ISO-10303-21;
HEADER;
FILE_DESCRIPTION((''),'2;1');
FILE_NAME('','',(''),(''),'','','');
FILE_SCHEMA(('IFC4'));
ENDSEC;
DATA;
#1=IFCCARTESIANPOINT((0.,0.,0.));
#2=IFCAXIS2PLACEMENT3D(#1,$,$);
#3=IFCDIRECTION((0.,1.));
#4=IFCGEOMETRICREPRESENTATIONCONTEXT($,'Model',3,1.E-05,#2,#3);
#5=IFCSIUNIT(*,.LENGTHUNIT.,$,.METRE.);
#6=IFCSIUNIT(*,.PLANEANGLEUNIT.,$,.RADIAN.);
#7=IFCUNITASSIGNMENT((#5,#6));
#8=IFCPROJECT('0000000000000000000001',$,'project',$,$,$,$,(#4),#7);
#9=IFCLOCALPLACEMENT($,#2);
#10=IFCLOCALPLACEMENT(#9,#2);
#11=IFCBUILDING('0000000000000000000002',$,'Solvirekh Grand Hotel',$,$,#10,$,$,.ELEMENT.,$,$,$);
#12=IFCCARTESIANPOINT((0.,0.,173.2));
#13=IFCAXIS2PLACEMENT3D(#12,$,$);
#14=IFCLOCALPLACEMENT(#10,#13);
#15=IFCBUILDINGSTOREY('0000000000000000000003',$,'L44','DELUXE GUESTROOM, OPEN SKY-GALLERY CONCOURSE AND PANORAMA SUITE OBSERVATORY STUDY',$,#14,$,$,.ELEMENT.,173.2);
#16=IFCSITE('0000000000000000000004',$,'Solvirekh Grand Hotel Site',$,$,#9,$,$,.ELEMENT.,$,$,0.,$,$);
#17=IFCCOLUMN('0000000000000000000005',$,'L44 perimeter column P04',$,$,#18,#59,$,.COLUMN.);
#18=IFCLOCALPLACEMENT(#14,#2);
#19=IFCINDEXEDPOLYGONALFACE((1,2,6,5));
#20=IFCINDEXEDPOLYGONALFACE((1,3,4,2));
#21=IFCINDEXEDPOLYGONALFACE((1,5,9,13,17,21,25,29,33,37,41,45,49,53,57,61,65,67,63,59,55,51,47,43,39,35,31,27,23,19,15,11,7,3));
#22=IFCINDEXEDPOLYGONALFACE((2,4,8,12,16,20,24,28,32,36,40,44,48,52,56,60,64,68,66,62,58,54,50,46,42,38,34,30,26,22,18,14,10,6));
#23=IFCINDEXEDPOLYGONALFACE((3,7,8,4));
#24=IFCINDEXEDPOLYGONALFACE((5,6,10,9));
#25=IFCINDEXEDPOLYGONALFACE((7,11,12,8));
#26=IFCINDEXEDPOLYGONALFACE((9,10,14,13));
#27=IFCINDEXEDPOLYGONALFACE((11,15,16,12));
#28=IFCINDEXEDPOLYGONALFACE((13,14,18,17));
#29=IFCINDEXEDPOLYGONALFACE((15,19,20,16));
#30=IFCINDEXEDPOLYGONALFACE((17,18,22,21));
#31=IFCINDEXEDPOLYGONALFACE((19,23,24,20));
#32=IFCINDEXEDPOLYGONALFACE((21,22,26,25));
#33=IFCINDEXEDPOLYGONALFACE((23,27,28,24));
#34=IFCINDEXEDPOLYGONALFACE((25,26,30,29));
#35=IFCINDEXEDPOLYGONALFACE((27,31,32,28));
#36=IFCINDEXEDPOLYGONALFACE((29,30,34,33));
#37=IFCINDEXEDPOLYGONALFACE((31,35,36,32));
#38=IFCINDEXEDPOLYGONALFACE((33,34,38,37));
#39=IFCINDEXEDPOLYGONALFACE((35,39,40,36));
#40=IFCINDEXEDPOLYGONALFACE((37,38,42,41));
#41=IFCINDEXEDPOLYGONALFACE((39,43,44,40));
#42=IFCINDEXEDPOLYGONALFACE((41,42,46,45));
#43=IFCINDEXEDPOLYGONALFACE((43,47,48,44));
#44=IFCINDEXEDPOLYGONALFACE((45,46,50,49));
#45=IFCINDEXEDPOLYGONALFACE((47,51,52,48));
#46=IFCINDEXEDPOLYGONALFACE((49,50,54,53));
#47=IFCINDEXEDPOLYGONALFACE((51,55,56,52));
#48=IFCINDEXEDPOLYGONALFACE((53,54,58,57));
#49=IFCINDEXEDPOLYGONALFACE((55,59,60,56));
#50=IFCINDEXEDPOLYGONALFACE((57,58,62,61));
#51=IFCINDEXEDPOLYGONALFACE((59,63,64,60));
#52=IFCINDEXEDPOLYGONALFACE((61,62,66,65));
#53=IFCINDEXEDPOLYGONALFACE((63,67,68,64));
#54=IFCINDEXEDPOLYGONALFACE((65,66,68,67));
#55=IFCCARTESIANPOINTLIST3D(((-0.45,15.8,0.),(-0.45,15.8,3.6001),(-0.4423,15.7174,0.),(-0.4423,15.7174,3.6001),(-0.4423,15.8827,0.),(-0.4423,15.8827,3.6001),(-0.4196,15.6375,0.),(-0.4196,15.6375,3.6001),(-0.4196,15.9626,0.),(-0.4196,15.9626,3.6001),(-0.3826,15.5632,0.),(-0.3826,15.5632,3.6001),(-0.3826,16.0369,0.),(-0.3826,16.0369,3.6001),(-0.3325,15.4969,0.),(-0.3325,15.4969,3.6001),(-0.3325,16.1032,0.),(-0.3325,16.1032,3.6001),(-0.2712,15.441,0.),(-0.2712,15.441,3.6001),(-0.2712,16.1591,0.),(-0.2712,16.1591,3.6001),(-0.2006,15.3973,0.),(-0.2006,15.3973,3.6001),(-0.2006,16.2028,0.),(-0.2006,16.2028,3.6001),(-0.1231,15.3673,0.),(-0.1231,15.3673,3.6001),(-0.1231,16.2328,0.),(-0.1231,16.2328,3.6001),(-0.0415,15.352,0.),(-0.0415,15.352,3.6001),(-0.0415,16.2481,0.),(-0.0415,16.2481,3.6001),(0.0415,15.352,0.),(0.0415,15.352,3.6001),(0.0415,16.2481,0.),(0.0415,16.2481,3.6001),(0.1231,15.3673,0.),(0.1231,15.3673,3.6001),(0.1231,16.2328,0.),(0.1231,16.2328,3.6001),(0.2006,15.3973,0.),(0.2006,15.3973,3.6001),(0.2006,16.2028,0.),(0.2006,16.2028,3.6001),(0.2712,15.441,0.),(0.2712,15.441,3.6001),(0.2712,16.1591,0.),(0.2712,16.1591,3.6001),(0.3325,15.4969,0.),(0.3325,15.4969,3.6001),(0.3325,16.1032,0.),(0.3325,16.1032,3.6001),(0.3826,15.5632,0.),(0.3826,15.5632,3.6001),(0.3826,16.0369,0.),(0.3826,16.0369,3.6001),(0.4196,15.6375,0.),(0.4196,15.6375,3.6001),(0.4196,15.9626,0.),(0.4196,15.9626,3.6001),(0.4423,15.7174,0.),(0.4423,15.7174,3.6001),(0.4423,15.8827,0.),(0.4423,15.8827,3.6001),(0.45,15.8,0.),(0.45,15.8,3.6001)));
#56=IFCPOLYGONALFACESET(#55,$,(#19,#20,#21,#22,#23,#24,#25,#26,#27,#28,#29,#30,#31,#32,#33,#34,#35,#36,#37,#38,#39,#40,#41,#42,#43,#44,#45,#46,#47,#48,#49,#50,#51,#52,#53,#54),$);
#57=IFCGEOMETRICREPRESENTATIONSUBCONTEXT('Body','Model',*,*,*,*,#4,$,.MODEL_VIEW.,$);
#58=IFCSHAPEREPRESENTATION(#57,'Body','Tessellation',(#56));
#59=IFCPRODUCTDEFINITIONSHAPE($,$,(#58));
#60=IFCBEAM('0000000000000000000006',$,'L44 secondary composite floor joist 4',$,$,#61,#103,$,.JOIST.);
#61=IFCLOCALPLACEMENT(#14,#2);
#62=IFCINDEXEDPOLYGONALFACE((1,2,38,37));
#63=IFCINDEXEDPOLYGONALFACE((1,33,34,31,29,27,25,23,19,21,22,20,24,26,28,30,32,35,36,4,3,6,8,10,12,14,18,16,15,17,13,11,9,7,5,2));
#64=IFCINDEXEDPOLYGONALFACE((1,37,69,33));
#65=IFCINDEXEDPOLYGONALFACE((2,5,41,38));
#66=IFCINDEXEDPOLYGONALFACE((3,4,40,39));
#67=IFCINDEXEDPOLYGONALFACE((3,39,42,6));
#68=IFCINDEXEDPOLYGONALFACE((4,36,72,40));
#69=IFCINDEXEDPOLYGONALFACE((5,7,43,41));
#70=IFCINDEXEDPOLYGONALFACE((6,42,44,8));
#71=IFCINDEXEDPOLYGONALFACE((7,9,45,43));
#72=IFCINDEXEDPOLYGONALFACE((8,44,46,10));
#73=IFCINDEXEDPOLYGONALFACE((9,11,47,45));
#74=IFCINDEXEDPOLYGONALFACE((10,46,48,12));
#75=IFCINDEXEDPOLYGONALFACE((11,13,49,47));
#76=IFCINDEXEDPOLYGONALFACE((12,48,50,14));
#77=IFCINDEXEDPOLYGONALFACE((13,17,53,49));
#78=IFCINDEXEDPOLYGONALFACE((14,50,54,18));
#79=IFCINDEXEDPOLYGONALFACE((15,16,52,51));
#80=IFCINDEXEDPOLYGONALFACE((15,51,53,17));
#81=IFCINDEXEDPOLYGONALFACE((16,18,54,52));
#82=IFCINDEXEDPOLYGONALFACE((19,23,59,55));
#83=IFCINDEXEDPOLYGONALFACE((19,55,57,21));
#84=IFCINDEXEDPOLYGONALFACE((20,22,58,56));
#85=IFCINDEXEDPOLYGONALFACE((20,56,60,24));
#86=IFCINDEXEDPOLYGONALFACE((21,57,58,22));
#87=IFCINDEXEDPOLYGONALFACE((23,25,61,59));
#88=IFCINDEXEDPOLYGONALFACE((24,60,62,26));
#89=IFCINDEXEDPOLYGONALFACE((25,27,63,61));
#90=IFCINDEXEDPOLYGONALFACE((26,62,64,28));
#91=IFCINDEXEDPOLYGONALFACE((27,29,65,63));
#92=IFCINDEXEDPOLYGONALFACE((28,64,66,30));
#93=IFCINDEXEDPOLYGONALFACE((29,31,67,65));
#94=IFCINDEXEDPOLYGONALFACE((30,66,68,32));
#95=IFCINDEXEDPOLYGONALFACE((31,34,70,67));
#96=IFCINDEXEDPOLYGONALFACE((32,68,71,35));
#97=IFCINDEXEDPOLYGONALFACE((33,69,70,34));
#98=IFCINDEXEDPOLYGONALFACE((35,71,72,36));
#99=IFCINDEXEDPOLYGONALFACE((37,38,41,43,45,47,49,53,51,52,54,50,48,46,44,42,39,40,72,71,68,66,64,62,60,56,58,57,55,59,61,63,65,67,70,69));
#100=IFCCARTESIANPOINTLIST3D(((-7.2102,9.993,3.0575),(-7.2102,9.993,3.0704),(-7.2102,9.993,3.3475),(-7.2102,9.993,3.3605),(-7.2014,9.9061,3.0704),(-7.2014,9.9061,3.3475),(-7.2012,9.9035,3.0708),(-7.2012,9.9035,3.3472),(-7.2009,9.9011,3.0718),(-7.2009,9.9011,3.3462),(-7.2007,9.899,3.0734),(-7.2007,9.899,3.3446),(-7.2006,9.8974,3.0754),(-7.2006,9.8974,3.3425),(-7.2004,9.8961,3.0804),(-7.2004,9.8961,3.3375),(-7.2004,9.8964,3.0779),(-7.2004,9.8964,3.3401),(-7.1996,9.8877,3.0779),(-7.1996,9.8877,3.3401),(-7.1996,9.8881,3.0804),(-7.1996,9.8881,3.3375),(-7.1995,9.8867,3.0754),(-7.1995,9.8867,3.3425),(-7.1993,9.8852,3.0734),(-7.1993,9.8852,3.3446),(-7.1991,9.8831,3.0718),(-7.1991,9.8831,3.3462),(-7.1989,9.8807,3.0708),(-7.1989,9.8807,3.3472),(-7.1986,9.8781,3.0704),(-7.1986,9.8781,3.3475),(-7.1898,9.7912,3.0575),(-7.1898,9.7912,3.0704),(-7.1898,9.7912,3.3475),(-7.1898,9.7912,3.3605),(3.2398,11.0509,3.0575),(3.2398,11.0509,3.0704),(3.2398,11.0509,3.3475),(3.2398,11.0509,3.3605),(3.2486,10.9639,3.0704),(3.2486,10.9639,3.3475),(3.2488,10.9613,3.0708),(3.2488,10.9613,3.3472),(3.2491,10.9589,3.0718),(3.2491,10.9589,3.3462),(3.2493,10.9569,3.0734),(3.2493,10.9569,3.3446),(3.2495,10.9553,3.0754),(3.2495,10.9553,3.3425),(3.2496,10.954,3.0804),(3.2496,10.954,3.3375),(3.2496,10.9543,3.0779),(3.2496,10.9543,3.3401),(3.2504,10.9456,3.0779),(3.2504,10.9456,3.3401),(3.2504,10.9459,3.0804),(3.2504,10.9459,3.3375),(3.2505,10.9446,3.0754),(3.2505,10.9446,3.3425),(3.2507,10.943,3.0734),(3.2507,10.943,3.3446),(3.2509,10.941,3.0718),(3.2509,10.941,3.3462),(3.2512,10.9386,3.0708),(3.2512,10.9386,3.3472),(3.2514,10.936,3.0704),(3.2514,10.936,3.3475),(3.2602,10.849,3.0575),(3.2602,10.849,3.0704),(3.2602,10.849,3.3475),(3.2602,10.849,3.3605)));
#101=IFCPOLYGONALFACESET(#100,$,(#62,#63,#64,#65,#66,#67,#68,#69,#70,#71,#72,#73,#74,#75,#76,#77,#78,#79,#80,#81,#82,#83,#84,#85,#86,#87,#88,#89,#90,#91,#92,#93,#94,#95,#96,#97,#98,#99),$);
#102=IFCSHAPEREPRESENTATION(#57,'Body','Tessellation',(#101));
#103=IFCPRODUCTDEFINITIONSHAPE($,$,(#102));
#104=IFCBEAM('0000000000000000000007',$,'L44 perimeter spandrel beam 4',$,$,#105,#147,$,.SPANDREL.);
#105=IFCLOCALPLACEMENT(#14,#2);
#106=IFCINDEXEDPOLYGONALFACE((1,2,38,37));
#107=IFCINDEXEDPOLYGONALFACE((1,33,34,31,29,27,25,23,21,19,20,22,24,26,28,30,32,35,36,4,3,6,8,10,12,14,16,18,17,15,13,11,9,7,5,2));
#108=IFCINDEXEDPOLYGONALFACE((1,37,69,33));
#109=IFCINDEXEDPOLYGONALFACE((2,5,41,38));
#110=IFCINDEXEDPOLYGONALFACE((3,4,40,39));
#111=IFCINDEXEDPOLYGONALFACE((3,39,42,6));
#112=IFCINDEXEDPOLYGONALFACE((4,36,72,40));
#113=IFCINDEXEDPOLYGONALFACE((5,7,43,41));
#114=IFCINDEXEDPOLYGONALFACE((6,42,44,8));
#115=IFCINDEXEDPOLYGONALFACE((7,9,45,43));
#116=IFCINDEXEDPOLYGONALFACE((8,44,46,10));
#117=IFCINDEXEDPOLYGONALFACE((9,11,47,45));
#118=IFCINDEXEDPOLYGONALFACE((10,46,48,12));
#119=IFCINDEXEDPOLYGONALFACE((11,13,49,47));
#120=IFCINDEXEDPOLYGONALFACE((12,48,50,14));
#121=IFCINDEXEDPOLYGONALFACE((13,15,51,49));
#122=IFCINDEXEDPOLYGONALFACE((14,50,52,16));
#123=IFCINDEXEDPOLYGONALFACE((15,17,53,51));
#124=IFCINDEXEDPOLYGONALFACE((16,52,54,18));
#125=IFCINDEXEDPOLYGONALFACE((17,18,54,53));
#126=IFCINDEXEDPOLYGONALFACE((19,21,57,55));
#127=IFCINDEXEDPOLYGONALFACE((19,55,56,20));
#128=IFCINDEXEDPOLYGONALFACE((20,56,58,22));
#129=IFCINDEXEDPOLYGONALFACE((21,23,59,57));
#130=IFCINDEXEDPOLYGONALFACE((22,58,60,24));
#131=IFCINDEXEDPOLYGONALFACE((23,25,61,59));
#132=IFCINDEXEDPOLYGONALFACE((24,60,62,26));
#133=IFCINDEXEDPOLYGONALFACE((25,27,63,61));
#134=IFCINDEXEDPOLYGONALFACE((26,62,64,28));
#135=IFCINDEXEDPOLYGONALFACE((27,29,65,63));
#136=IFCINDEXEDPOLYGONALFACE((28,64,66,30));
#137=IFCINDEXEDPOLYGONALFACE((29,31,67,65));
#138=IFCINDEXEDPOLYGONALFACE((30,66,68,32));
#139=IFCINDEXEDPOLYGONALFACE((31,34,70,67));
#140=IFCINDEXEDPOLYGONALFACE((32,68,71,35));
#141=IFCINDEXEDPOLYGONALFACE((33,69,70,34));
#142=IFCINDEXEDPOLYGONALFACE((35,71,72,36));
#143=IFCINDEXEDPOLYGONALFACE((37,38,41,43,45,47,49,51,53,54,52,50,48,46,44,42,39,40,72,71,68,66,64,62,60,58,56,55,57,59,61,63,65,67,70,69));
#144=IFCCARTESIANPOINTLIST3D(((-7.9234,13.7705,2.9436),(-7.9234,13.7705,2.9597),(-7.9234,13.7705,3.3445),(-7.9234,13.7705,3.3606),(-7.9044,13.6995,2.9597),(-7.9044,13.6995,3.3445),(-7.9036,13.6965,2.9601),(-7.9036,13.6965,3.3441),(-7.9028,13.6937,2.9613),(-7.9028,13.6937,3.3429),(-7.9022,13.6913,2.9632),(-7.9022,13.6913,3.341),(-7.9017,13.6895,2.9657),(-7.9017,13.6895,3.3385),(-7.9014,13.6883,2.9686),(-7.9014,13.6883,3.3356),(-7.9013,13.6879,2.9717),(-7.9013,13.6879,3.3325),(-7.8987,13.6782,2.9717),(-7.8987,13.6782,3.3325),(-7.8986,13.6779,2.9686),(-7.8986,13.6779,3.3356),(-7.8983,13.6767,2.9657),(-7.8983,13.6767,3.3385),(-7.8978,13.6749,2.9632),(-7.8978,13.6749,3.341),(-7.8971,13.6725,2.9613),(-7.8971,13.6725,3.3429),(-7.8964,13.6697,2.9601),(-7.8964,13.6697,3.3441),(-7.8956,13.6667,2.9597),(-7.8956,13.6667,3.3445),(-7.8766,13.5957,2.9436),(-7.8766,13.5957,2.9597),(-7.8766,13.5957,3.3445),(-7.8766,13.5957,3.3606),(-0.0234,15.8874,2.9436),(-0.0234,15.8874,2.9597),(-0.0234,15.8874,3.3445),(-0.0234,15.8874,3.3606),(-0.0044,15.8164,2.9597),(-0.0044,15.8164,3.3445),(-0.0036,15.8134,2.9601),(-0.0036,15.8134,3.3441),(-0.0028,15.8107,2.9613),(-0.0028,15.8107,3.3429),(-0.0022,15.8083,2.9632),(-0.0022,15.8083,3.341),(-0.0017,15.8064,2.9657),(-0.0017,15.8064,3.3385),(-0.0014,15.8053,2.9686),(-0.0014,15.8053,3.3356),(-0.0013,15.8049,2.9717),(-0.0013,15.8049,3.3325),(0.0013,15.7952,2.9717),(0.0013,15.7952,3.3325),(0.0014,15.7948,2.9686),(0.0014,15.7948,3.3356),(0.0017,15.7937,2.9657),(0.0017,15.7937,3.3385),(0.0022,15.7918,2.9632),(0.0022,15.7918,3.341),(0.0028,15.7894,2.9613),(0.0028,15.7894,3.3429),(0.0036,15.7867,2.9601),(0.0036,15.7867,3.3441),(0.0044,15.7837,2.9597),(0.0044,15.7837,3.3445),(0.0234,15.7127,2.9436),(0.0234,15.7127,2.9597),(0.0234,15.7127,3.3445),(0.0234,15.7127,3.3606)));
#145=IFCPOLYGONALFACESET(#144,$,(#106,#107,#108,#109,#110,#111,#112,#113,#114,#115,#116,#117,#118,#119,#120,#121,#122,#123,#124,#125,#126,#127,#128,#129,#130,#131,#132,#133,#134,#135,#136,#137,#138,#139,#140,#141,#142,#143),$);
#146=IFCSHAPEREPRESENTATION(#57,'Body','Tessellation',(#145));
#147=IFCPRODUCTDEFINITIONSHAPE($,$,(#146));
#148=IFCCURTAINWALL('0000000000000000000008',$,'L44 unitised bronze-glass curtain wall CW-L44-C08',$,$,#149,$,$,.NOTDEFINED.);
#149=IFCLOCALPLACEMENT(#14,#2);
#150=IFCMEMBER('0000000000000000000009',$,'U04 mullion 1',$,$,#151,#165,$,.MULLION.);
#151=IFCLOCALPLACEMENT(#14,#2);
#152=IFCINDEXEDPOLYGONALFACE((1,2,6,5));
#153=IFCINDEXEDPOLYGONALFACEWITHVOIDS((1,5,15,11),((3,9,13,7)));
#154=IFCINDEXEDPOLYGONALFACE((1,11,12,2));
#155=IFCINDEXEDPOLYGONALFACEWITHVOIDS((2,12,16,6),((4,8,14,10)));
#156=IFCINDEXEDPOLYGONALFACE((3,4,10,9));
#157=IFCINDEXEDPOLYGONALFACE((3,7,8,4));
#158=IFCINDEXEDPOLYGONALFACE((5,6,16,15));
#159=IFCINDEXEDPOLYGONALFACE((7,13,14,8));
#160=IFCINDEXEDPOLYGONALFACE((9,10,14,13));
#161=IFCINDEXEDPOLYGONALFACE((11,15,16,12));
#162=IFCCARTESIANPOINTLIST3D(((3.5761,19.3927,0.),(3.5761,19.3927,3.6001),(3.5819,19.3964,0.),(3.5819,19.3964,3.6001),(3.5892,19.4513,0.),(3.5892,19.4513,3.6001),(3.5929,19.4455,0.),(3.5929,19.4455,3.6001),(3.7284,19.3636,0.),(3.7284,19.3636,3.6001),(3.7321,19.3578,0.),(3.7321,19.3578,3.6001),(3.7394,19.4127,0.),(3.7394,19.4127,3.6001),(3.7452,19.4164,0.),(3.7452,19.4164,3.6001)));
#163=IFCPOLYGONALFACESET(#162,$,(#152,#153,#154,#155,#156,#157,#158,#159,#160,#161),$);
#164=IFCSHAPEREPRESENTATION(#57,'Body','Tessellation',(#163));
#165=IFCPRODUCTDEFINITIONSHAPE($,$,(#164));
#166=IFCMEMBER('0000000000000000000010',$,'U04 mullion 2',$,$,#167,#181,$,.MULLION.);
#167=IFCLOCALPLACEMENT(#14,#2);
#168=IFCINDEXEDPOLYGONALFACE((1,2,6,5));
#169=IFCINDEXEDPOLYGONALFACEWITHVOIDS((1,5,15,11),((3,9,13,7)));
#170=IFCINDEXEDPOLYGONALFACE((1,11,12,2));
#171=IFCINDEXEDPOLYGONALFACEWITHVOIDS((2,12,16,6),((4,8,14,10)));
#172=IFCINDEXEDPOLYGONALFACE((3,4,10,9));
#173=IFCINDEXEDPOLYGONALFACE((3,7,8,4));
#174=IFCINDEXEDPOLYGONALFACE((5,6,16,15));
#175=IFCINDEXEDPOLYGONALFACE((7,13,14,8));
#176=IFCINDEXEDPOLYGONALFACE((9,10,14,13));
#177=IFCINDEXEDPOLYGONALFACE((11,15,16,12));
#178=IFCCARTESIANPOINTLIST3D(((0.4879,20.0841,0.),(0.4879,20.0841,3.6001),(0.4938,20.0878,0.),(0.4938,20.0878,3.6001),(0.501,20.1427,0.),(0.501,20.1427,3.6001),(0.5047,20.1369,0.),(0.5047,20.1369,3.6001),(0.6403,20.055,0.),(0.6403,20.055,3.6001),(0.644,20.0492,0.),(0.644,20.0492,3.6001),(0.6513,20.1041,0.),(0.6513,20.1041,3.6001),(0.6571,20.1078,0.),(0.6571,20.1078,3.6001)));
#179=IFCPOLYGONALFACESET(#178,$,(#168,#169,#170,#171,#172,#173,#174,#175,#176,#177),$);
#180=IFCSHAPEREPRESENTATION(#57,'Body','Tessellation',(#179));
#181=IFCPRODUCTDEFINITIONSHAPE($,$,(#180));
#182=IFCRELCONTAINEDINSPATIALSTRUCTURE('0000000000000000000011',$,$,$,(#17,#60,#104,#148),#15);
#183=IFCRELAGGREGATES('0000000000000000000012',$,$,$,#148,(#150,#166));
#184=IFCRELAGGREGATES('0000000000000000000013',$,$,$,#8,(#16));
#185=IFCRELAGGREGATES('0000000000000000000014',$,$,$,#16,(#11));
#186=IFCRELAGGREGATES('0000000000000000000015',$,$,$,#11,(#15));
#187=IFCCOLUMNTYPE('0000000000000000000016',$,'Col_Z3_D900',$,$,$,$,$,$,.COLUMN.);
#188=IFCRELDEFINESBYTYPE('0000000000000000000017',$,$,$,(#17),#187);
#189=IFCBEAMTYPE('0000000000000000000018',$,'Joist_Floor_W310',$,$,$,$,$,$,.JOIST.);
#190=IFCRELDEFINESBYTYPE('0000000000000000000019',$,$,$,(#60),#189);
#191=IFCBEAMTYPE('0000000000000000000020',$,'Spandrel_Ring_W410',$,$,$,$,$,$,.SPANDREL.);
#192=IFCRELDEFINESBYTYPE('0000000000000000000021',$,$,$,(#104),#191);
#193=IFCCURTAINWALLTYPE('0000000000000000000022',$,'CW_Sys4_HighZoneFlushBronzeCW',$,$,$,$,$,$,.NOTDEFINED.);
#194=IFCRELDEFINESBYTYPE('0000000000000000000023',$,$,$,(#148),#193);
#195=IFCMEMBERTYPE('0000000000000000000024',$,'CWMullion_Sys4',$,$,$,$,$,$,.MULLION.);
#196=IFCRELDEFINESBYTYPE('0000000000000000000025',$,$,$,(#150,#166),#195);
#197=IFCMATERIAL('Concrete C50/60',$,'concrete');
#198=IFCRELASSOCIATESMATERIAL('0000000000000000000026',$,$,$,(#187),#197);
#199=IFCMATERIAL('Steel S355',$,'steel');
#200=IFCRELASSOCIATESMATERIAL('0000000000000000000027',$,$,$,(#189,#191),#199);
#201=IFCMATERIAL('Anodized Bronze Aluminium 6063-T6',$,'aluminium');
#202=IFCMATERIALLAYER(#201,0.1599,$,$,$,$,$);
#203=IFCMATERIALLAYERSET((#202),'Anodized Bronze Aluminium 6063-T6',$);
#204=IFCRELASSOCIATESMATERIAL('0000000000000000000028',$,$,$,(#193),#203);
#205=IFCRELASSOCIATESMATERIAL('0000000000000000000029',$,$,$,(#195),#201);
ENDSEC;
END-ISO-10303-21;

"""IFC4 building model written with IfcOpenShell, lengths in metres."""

from ifc_helpers import new_model, si_unit, direction, frame, origin, origin_2d, place, context, subcontext, project, spatial, hollow_rectangle, circle, i_section, extrude, source, transform, mapped, material, layer, layer_set, material_profile, profile_set, type_object, element, aggregate, save


model = new_model("IFC4")

# Units and contexts
model_context = context("Model", 3, precision=1e-05, world=origin(), true_north=direction((0.0, 1.0)))
body_context = subcontext(model_context, "Body", "Model", "MODEL_VIEW")
ifc_project = project(units=[si_unit("LENGTHUNIT", "METRE"), si_unit("PLANEANGLEUNIT", "RADIAN")], contexts=[model_context])

# Site, building, storey
site_placement = place(None, origin())
site = spatial("IfcSite", under=ifc_project, at=site_placement, Name="Solvirekh Grand Hotel Site", CompositionType="ELEMENT", RefElevation=0.0)
building_placement = place(site_placement, origin())
building = spatial("IfcBuilding", under=site, at=building_placement, Name="Solvirekh Grand Hotel", CompositionType="ELEMENT")
storey_placement = place(building_placement, frame((0.0, 0.0, 173.2)))
storey = spatial("IfcBuildingStorey", under=building, at=storey_placement, Name="L44", Description="DELUXE GUESTROOM, OPEN SKY-GALLERY CONCOURSE AND PANORAMA SUITE OBSERVATORY STUDY", CompositionType="ELEMENT", Elevation=173.2)

# Column
ifc_material_1 = material(Name="Concrete C50/60", Category="concrete")
ifc_material_profile_1 = material_profile(ifc_material_1, circle(Radius=0.45, at=origin_2d()), Name="RC CIRC D900")
ifc_profile_set_1 = profile_set([ifc_material_profile_1], Name="Concrete C50/60")
column_type = type_object("IfcColumnType", Name="Col_Z3_D900", PredefinedType="COLUMN", material=ifc_profile_set_1)
column_placement = place(storey_placement, frame((0.0, 15.8, 0.0), z_axis=(0.0, 0.0, 1.0), x_axis=(1.0, 0.0, 0.0)))
element("IfcColumn", 1, at=column_placement, inside=storey, type_object=column_type, Name="L44 perimeter column P04", PredefinedType="COLUMN", context=body_context, shape_type="SweptSolid", body=[
    extrude(circle(Radius=0.45, at=origin_2d()), origin(), (0.0, 0.0, 1.0), 3.6001),
])

# Beams
ifc_material_2 = material(Name="Steel S355", Category="steel")
ifc_material_profile_2 = material_profile(ifc_material_2, i_section(OverallWidth=0.2029, OverallDepth=0.303, WebThickness=0.0081, FlangeThickness=0.0129, FilletRadius=0.01, at=origin_2d()), Name="W310X60")
ifc_profile_set_2 = profile_set([ifc_material_profile_2], Name="Steel S355")
beam_type_1 = type_object("IfcBeamType", Name="Joist_Floor_W310", PredefinedType="JOIST", material=ifc_profile_set_2)
beam_1_placement = place(storey_placement, frame((3.25, 10.95, 3.209), z_axis=(-0.994915, -0.100716, 0.0), x_axis=(0.100716, -0.994915, 0.0)))
element("IfcBeam", 2, at=beam_1_placement, inside=storey, type_object=beam_type_1, Name="L44 secondary composite floor joist 4", PredefinedType="JOIST", context=body_context, shape_type="SweptSolid", body=[
    extrude(i_section(OverallWidth=0.2029, OverallDepth=0.303, WebThickness=0.0081, FlangeThickness=0.0129, FilletRadius=0.01, at=origin_2d()), origin(), (0.0, 0.0, 1.0), 10.5034),
])
ifc_material_profile_3 = material_profile(ifc_material_2, i_section(OverallWidth=0.1809, OverallDepth=0.417, WebThickness=0.01, FlangeThickness=0.0161, FilletRadius=0.012, at=origin_2d()), Name="W410X85")
ifc_profile_set_3 = profile_set([ifc_material_profile_3], Name="Steel S355")
beam_type_2 = type_object("IfcBeamType", Name="Spandrel_Ring_W410", PredefinedType="SPANDREL", material=ifc_profile_set_3)
beam_2_placement = place(storey_placement, frame((0.0, 15.8, 3.1521), z_axis=(-0.965921, -0.258839, 0.0), x_axis=(0.258839, -0.965921, 0.0)))
element("IfcBeam", 3, at=beam_2_placement, inside=storey, type_object=beam_type_2, Name="L44 perimeter spandrel beam 4", PredefinedType="SPANDREL", context=body_context, shape_type="SweptSolid", body=[
    extrude(i_section(OverallWidth=0.1809, OverallDepth=0.417, WebThickness=0.01, FlangeThickness=0.0161, FilletRadius=0.012, at=origin_2d()), origin(), (0.0, 0.0, 1.0), 8.1787),
])

# Curtain wall, members
ifc_material_3 = material(Name="Anodized Bronze Aluminium 6063-T6", Category="aluminium")
ifc_layer_1 = layer(ifc_material_3, 0.1599)
ifc_layer_set_1 = layer_set([ifc_layer_1], Name="Anodized Bronze Aluminium 6063-T6")
curtain_wall_type = type_object("IfcCurtainWallType", Name="CW_Sys4_HighZoneFlushBronzeCW", PredefinedType="NOTDEFINED", material=ifc_layer_set_1)
curtain_wall_placement = place(storey_placement, origin())
curtain_wall = element("IfcCurtainWall", 4, at=curtain_wall_placement, inside=storey, type_object=curtain_wall_type, Name="L44 unitised bronze-glass curtain wall CW-L44-C08", PredefinedType="NOTDEFINED")
ifc_material_profile_4 = material_profile(ifc_material_3, hollow_rectangle(XDim=0.0601, YDim=0.1599, WallThickness=0.0049, at=origin_2d()), Name="ALU RHS 160X60X5")
ifc_profile_set_4 = profile_set([ifc_material_profile_4], Name="Anodized Bronze Aluminium 6063-T6")
member_type_1 = type_object("IfcMemberType", Name="CWMullion_Sys4", PredefinedType="MULLION", material=ifc_profile_set_4)
shared_shape_1 = source(origin(), body_context, "Body", "SweptSolid", [
    extrude(hollow_rectangle(XDim=0.0601, YDim=0.1599, WallThickness=0.0049, at=origin_2d()), origin(), (0.0, 0.0, 1.0), 3.6001),
])
member_1_placement = place(storey_placement, frame((3.6606, 19.4045, 0.0), z_axis=(0.0, 0.0, 1.0), x_axis=(-0.218488, -0.97584, 0.0)))
member_1 = element("IfcMember", 5, at=member_1_placement, type_object=member_type_1, Name="U04 mullion 1", PredefinedType="MULLION", context=body_context, shape_type="MappedRepresentation", body=[
    mapped(shared_shape_1, transform((0.0, 0.0, 0.0), x_axis=(1.0, 0.0, 0.0), y_axis=(0.0, 1.0, 0.0), z_axis=(0.0, 0.0, 1.0), scale=1.0)),
])
member_2_placement = place(storey_placement, frame((0.5725, 20.0959, 0.0), z_axis=(0.0, 0.0, 1.0), x_axis=(-0.218488, -0.97584, 0.0)))
member_2 = element("IfcMember", 6, at=member_2_placement, type_object=member_type_1, Name="U04 mullion 2", PredefinedType="MULLION", context=body_context, shape_type="MappedRepresentation", body=[
    mapped(shared_shape_1, transform((0.0, 0.0, 0.0), x_axis=(1.0, 0.0, 0.0), y_axis=(0.0, 1.0, 0.0), z_axis=(0.0, 0.0, 1.0), scale=1.0)),
])
aggregate(curtain_wall, [member_1, member_2])

save(model, "model.ifc")
